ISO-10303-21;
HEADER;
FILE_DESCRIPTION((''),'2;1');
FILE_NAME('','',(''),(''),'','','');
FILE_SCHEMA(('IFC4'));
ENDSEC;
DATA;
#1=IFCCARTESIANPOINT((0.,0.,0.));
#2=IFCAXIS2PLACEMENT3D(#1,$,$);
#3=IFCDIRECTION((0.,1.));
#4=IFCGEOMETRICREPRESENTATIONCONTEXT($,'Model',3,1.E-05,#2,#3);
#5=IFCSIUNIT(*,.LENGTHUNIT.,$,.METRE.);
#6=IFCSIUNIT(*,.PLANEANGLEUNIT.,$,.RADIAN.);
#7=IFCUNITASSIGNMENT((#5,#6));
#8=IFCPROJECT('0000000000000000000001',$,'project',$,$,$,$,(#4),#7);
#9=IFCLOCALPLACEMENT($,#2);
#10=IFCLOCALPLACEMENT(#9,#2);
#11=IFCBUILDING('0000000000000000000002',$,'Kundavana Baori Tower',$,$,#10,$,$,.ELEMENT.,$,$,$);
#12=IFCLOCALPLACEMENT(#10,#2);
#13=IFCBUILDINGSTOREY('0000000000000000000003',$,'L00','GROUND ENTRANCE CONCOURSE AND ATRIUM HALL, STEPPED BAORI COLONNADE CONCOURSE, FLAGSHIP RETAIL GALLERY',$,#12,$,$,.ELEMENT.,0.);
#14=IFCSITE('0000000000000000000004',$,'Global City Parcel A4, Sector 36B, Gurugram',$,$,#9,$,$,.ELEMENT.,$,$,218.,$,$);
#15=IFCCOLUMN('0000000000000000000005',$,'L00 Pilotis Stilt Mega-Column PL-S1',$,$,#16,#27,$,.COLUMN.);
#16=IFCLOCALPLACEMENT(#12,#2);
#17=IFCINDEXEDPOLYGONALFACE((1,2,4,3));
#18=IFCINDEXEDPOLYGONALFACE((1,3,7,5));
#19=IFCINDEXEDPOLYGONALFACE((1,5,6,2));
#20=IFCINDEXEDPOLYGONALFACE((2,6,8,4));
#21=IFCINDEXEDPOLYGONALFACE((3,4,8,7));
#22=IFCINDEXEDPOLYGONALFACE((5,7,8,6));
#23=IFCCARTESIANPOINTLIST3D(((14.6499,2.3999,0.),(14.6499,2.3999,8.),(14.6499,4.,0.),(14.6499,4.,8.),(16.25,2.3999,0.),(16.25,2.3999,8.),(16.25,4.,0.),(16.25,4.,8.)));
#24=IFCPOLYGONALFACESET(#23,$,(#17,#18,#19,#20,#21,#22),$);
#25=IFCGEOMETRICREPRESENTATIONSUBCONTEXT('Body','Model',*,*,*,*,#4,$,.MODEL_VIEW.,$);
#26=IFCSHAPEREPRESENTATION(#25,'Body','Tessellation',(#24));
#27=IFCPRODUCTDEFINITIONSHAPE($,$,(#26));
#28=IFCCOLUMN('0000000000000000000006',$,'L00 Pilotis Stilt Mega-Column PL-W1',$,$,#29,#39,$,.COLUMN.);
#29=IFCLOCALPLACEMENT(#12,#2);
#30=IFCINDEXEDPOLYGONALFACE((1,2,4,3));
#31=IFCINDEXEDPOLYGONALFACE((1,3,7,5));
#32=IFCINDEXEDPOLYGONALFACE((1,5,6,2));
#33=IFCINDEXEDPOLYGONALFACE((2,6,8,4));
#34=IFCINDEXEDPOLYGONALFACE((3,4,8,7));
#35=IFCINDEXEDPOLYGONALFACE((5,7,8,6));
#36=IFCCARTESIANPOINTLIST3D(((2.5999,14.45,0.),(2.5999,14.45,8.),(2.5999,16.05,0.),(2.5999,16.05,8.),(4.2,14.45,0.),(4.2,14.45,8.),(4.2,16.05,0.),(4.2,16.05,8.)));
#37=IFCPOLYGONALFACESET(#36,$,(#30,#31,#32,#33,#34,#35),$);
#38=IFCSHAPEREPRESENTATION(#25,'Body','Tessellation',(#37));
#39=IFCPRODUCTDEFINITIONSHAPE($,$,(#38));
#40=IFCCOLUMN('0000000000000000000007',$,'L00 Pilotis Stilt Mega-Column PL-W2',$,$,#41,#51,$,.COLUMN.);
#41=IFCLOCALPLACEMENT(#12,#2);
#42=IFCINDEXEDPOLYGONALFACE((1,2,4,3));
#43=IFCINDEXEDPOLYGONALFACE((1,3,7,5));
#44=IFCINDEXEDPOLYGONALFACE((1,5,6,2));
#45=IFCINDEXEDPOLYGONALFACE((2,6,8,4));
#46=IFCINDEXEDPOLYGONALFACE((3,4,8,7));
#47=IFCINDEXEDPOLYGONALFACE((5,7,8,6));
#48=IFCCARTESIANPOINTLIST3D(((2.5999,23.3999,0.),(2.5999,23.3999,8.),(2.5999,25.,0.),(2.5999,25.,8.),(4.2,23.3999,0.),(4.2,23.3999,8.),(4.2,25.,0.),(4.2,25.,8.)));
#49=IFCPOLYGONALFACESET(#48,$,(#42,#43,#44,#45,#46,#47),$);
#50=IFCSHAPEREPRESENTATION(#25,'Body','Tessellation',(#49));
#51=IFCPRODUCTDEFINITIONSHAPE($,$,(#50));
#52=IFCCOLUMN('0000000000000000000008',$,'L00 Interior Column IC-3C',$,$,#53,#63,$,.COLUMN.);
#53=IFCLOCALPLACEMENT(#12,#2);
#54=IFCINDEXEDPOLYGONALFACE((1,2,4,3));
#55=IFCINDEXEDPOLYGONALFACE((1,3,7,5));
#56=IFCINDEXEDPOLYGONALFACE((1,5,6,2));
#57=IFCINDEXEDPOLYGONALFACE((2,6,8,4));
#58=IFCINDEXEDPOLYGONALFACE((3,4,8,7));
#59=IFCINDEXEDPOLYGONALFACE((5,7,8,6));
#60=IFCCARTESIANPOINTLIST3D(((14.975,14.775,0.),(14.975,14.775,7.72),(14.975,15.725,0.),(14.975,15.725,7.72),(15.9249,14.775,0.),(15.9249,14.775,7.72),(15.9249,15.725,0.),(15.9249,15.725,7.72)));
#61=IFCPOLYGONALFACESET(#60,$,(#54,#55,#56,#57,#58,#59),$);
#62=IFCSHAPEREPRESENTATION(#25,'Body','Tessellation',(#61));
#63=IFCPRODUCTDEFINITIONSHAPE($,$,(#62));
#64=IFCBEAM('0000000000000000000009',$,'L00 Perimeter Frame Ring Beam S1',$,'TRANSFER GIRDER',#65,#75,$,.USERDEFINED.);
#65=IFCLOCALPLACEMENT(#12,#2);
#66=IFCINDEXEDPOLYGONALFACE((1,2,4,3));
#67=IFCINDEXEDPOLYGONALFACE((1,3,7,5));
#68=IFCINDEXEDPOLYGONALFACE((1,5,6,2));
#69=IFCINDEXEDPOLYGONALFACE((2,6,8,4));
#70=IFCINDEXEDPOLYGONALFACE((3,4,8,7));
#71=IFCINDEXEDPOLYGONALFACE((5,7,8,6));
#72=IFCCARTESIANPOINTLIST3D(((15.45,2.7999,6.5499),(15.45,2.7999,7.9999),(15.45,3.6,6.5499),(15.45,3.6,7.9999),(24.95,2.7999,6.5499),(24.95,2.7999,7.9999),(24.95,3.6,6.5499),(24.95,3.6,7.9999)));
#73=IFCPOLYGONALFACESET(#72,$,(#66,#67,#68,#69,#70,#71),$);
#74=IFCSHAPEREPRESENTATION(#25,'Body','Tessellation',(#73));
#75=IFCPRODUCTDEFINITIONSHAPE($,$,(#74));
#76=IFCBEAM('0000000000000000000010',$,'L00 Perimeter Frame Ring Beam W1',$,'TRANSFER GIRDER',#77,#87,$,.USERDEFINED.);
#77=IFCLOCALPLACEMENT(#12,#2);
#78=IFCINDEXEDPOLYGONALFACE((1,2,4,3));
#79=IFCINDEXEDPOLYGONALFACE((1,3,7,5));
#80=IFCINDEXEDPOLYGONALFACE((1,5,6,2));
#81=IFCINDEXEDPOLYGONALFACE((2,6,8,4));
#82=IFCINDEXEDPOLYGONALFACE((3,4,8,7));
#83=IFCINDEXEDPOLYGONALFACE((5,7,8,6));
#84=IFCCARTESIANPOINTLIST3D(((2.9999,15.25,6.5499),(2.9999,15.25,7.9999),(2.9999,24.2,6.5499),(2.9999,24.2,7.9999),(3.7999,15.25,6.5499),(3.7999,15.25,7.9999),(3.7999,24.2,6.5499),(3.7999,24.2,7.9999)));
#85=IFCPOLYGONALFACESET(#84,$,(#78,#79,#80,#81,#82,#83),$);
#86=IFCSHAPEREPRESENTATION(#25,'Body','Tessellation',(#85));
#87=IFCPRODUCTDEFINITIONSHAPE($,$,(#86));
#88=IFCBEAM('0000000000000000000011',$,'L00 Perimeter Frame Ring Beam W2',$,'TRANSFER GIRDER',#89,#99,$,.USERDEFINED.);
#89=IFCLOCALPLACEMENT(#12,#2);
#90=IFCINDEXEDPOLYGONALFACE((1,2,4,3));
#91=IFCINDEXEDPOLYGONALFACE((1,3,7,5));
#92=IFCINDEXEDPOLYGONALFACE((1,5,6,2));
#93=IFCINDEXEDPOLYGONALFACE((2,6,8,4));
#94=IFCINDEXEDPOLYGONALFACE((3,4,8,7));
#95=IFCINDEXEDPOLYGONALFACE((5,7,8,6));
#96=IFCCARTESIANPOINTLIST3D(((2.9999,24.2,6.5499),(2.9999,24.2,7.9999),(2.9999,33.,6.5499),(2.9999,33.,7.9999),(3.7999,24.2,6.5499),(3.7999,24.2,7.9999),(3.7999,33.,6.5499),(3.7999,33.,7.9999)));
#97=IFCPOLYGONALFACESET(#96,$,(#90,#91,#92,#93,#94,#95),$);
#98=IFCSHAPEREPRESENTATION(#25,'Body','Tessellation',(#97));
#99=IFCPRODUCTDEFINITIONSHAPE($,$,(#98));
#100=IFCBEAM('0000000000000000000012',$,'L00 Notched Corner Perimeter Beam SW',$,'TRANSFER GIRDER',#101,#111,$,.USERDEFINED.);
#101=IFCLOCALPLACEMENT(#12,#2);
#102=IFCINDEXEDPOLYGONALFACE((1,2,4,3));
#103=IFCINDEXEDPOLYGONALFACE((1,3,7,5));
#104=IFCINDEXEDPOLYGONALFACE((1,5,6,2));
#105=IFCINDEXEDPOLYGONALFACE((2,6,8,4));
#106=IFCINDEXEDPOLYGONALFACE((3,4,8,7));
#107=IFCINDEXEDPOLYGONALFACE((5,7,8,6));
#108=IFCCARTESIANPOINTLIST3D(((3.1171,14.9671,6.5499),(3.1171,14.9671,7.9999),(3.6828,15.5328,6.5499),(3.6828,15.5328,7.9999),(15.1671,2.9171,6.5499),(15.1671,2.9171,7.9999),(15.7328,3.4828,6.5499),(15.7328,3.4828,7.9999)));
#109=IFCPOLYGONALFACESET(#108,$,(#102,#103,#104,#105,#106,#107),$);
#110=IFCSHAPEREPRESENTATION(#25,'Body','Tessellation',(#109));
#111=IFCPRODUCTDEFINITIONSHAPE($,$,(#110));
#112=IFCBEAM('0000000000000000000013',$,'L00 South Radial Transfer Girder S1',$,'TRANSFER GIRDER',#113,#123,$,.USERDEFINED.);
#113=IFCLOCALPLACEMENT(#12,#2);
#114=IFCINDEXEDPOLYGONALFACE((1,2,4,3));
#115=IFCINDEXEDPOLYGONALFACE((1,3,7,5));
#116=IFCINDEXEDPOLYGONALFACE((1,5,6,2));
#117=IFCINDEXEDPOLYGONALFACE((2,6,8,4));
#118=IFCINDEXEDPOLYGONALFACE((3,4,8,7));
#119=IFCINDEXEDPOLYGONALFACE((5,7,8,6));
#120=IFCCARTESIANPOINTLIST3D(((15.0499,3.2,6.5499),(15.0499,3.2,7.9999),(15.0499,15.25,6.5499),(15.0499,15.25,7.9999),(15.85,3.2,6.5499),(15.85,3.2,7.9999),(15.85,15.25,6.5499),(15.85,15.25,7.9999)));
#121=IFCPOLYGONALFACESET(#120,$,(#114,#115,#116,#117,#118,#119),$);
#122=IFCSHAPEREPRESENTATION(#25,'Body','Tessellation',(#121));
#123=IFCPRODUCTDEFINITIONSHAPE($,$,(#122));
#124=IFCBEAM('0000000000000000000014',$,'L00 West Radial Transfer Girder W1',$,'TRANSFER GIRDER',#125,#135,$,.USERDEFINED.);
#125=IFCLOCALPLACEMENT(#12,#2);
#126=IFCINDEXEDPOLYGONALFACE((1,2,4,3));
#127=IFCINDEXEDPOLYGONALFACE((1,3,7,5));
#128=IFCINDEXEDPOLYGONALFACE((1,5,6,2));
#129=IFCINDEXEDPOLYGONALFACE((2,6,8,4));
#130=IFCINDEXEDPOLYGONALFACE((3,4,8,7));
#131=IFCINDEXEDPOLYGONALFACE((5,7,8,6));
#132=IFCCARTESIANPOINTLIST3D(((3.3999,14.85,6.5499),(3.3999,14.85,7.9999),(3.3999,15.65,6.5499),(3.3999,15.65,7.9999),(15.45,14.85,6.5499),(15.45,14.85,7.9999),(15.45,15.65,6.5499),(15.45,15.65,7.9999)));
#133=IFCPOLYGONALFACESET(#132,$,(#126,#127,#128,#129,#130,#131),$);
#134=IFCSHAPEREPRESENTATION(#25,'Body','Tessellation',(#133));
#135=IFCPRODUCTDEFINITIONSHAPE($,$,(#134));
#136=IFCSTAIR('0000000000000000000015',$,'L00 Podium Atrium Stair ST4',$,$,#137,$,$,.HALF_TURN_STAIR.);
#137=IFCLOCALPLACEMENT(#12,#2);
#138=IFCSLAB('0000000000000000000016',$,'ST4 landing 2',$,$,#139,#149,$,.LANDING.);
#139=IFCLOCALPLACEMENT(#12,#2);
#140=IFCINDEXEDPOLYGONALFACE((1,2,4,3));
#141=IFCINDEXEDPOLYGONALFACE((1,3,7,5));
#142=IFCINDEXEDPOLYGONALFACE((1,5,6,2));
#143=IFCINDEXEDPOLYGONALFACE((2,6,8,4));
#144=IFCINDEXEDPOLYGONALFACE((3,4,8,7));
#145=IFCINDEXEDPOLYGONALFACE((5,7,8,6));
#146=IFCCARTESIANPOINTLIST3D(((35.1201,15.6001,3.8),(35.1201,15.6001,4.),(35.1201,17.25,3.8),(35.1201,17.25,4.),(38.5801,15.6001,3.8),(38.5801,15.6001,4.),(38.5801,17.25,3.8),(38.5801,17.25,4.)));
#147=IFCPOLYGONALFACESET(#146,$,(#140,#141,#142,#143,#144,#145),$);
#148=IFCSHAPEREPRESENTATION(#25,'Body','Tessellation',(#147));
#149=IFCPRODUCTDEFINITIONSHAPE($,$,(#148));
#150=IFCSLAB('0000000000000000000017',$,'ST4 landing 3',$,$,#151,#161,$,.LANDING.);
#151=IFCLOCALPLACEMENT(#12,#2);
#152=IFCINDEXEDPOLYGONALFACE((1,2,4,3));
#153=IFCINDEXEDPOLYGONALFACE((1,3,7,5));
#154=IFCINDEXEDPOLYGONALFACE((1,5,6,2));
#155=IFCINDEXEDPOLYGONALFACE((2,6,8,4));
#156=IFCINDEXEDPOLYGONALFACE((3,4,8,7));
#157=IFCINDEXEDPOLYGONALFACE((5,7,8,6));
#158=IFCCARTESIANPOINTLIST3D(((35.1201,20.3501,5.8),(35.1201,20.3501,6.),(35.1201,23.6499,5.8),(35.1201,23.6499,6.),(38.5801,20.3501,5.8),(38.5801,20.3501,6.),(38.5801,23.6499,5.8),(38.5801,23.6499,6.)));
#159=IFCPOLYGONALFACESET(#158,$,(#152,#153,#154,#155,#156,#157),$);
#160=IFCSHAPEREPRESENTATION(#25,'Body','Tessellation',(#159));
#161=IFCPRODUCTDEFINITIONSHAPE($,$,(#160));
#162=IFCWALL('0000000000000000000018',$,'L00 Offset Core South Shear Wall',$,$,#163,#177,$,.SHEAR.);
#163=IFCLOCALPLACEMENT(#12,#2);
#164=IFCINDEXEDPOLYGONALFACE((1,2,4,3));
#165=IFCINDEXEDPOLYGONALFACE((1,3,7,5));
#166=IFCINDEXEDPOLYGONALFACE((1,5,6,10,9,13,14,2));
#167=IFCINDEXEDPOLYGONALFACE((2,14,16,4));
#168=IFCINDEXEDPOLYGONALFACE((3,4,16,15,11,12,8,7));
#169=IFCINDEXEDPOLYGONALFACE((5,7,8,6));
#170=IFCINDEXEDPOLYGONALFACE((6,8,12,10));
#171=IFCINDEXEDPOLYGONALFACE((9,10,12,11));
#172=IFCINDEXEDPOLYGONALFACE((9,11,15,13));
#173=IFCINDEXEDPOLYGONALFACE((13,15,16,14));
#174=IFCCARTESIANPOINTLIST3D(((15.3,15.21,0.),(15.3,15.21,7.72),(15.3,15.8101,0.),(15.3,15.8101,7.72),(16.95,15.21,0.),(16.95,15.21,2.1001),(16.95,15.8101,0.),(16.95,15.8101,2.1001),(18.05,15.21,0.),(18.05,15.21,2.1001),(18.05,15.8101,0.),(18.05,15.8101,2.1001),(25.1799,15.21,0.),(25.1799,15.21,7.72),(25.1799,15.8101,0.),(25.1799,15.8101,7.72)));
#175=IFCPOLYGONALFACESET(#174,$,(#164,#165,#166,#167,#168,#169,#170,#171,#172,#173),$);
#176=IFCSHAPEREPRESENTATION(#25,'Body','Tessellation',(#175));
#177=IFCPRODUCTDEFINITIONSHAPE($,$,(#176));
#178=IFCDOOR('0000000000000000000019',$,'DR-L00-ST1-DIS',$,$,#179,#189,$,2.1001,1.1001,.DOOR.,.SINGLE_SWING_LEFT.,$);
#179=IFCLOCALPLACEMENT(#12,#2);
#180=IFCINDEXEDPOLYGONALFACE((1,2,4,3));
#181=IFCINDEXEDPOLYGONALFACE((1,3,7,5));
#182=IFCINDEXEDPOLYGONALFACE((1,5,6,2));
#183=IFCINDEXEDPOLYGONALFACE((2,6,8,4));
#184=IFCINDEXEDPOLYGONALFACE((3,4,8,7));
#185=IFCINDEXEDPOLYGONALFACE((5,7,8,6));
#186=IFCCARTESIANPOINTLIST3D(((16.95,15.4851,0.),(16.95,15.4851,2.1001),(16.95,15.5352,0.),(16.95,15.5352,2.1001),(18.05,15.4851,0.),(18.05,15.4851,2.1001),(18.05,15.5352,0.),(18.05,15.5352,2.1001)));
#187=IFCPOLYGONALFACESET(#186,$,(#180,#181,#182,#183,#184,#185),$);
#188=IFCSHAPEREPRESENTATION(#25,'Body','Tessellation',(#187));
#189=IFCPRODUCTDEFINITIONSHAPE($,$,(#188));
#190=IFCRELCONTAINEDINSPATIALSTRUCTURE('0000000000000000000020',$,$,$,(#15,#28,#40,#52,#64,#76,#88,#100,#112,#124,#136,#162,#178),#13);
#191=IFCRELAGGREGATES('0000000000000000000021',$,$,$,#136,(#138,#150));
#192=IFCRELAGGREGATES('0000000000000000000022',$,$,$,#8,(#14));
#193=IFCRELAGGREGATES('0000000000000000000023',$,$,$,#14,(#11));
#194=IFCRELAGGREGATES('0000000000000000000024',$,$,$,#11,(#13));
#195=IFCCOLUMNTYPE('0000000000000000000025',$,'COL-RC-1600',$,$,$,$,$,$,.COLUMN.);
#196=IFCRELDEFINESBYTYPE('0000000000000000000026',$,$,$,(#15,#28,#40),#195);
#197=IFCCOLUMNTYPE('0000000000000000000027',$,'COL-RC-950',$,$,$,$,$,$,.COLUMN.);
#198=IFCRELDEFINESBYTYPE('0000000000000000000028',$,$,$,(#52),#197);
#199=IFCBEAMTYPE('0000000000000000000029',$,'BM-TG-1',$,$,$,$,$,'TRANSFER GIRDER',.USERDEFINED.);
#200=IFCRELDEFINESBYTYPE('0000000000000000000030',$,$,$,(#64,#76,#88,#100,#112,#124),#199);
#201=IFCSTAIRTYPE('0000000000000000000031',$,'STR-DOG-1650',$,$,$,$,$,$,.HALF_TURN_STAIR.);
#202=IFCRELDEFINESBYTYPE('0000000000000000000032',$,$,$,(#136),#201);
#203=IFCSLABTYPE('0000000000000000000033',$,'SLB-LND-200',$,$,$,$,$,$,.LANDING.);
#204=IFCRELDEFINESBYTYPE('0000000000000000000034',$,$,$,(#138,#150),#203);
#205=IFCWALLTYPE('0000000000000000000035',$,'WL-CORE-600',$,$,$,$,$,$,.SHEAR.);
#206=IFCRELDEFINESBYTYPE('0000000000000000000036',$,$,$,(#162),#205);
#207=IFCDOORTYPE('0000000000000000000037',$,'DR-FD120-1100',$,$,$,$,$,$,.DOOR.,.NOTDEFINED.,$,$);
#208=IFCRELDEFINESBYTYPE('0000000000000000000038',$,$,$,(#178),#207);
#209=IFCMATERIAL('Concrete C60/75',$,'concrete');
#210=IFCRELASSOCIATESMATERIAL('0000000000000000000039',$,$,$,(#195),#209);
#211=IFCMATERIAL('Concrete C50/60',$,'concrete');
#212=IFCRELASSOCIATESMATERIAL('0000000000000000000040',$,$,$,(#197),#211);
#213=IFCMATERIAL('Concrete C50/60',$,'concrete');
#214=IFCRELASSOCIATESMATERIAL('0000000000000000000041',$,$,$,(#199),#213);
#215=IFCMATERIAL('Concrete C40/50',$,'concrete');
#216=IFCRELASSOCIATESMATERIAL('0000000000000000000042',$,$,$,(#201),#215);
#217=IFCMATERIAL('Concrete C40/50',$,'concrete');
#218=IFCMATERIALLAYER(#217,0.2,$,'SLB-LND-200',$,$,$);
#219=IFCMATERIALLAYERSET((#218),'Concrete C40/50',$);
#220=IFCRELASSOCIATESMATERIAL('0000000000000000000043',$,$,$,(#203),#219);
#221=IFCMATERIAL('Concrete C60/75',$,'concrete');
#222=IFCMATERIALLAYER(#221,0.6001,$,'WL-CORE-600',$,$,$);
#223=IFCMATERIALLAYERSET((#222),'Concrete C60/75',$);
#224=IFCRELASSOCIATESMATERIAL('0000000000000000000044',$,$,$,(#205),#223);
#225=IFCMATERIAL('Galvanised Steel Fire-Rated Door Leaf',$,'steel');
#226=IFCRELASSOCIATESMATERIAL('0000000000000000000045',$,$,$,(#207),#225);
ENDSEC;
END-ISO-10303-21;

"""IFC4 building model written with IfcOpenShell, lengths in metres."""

from ifc_helpers import new_model, si_unit, direction, frame, frame_2d, origin, origin_2d, place, context, subcontext, project, spatial, polyline, rectangle, outline, extrude, material, layer, layer_set, material_profile, profile_set, type_object, element, fill, aggregate, save


model = new_model("IFC4")

# Units and contexts
model_context = context("Model", 3, precision=1e-05, world=origin(), true_north=direction((0.0, 1.0)))
body_context = subcontext(model_context, "Body", "Model", "MODEL_VIEW")
ifc_project = project(units=[si_unit("LENGTHUNIT", "METRE"), si_unit("PLANEANGLEUNIT", "RADIAN")], contexts=[model_context])

# Site, building, storey
site_placement = place(None, origin())
site = spatial("IfcSite", under=ifc_project, at=site_placement, Name="Global City Parcel A4, Sector 36B, Gurugram", CompositionType="ELEMENT", RefElevation=218.0)
building_placement = place(site_placement, origin())
building = spatial("IfcBuilding", under=site, at=building_placement, Name="Kundavana Baori Tower", CompositionType="ELEMENT")
storey_placement = place(building_placement, origin())
storey = spatial("IfcBuildingStorey", under=building, at=storey_placement, Name="L00", Description="GROUND ENTRANCE CONCOURSE AND ATRIUM HALL, STEPPED BAORI COLONNADE CONCOURSE, FLAGSHIP RETAIL GALLERY", CompositionType="ELEMENT", Elevation=0.0)

# Columns
ifc_material_1 = material(Name="Concrete C60/75", Category="concrete")
ifc_material_profile_1 = material_profile(ifc_material_1, rectangle(XDim=1.6001, YDim=1.6001, at=origin_2d()), Name="RC 1600x1600")
ifc_profile_set_1 = profile_set([ifc_material_profile_1], Name="Concrete C60/75")
column_type_1 = type_object("IfcColumnType", Name="COL-RC-1600", PredefinedType="COLUMN", material=ifc_profile_set_1)
for number, where, z_axis, x_axis, name in (
    (1, (15.45, 3.2, 0.0), (0.0, 0.0, 1.0), (1.0, 0.0, 0.0), "L00 Pilotis Stilt Mega-Column PL-S1"),
    (2, (3.3999, 15.25, 0.0), (0.0, 0.0, 1.0), (1.0, 0.0, 0.0), "L00 Pilotis Stilt Mega-Column PL-W1"),
    (3, (3.3999, 24.2, 0.0), (0.0, 0.0, 1.0), (1.0, 0.0, 0.0), "L00 Pilotis Stilt Mega-Column PL-W2"),
):
    element("IfcColumn", number, at=place(storey_placement, frame(where, z_axis=z_axis, x_axis=x_axis)), inside=storey, type_object=column_type_1, Name=name, PredefinedType="COLUMN", context=body_context, shape_type="SweptSolid", body=[
        extrude(rectangle(XDim=1.6001, YDim=1.6001, at=origin_2d()), origin(), (0.0, 0.0, 1.0), 8.0),
    ])
ifc_material_2 = material(Name="Concrete C50/60", Category="concrete")
ifc_material_profile_2 = material_profile(ifc_material_2, rectangle(XDim=0.95, YDim=0.95, at=origin_2d()), Name="RC 950x950")
ifc_profile_set_2 = profile_set([ifc_material_profile_2], Name="Concrete C50/60")
column_type_2 = type_object("IfcColumnType", Name="COL-RC-950", PredefinedType="COLUMN", material=ifc_profile_set_2)
column_placement = place(storey_placement, frame((15.45, 15.25, 0.0), z_axis=(0.0, 0.0, 1.0), x_axis=(1.0, 0.0, 0.0)))
element("IfcColumn", 4, at=column_placement, inside=storey, type_object=column_type_2, Name="L00 Interior Column IC-3C", PredefinedType="COLUMN", context=body_context, shape_type="SweptSolid", body=[
    extrude(rectangle(XDim=0.95, YDim=0.95, at=origin_2d()), origin(), (0.0, 0.0, 1.0), 7.72),
])

# Beams
ifc_material_3 = material(Name="Concrete C50/60", Category="concrete")
ifc_material_profile_3 = material_profile(ifc_material_3, rectangle(XDim=0.8, YDim=1.45, at=origin_2d()), Name="BM-TG-1")
ifc_profile_set_3 = profile_set([ifc_material_profile_3], Name="Concrete C50/60")
beam_type = type_object("IfcBeamType", Name="BM-TG-1", ElementType="TRANSFER GIRDER", PredefinedType="USERDEFINED", material=ifc_profile_set_3)
beam_1_placement = place(storey_placement, frame((15.45, 3.2, 7.2749), z_axis=(1.0, 0.0, 0.0), x_axis=(0.0, 1.0, 0.0)))
element("IfcBeam", 5, at=beam_1_placement, inside=storey, type_object=beam_type, Name="L00 Perimeter Frame Ring Beam S1", ObjectType="TRANSFER GIRDER", PredefinedType="USERDEFINED", context=body_context, shape_type="SweptSolid", body=[
    extrude(rectangle(XDim=0.8, YDim=1.45, at=origin_2d()), origin(), (0.0, 0.0, 1.0), 9.5),
])
beam_2_placement = place(storey_placement, frame((3.3999, 15.25, 7.2749), z_axis=(0.0, 1.0, 0.0), x_axis=(-1.0, 0.0, 0.0)))
element("IfcBeam", 6, at=beam_2_placement, inside=storey, type_object=beam_type, Name="L00 Perimeter Frame Ring Beam W1", ObjectType="TRANSFER GIRDER", PredefinedType="USERDEFINED", context=body_context, shape_type="SweptSolid", body=[
    extrude(rectangle(XDim=0.8, YDim=1.45, at=origin_2d()), origin(), (0.0, 0.0, 1.0), 8.95),
])
beam_3_placement = place(storey_placement, frame((3.3999, 24.2, 7.2749), z_axis=(0.0, 1.0, 0.0), x_axis=(-1.0, 0.0, 0.0)))
element("IfcBeam", 7, at=beam_3_placement, inside=storey, type_object=beam_type, Name="L00 Perimeter Frame Ring Beam W2", ObjectType="TRANSFER GIRDER", PredefinedType="USERDEFINED", context=body_context, shape_type="SweptSolid", body=[
    extrude(rectangle(XDim=0.8, YDim=1.45, at=origin_2d()), origin(), (0.0, 0.0, 1.0), 8.8),
])
beam_4_placement = place(storey_placement, frame((15.45, 3.2, 7.2749), z_axis=(-0.707107, 0.707107, 0.0), x_axis=(-0.707107, -0.707107, 0.0)))
element("IfcBeam", 8, at=beam_4_placement, inside=storey, type_object=beam_type, Name="L00 Notched Corner Perimeter Beam SW", ObjectType="TRANSFER GIRDER", PredefinedType="USERDEFINED", context=body_context, shape_type="SweptSolid", body=[
    extrude(rectangle(XDim=0.8, YDim=1.45, at=origin_2d()), origin(), (0.0, 0.0, 1.0), 17.0413),
])
for number, where, z_axis, x_axis, name in (
    (9, (15.45, 15.25, 7.2749), (0.0, -1.0, 0.0), (1.0, 0.0, 0.0), "L00 South Radial Transfer Girder S1"),
    (10, (15.45, 15.25, 7.2749), (-1.0, 0.0, 0.0), (0.0, -1.0, 0.0), "L00 West Radial Transfer Girder W1"),
):
    element("IfcBeam", number, at=place(storey_placement, frame(where, z_axis=z_axis, x_axis=x_axis)), inside=storey, type_object=beam_type, Name=name, ObjectType="TRANSFER GIRDER", PredefinedType="USERDEFINED", context=body_context, shape_type="SweptSolid", body=[
        extrude(rectangle(XDim=0.8, YDim=1.45, at=origin_2d()), origin(), (0.0, 0.0, 1.0), 12.05),
    ])

# Stair, slabs
ifc_material_4 = material(Name="Concrete C40/50", Category="concrete")
stair_type = type_object("IfcStairType", Name="STR-DOG-1650", PredefinedType="HALF_TURN_STAIR", material=ifc_material_4)
stair_placement = place(storey_placement, origin())
stair = element("IfcStair", 11, at=stair_placement, inside=storey, type_object=stair_type, Name="L00 Podium Atrium Stair ST4", PredefinedType="HALF_TURN_STAIR")
ifc_material_5 = material(Name="Concrete C40/50", Category="concrete")
ifc_layer_1 = layer(ifc_material_5, 0.2, Name="SLB-LND-200")
ifc_layer_set_1 = layer_set([ifc_layer_1], Name="Concrete C40/50")
slab_type = type_object("IfcSlabType", Name="SLB-LND-200", PredefinedType="LANDING", material=ifc_layer_set_1)
slab_1_placement = place(storey_placement, frame((0.0, 0.0, 3.8)))
slab_1 = element("IfcSlab", 12, at=slab_1_placement, type_object=slab_type, Name="ST4 landing 2", PredefinedType="LANDING", context=body_context, shape_type="SweptSolid", body=[
    extrude(outline(polyline([(38.5801, 15.6001), (38.5801, 17.25), (35.1201, 17.25), (35.1201, 15.6001), (38.5801, 15.6001)])), origin(), (0.0, 0.0, 1.0), 0.2),
])
slab_2_placement = place(storey_placement, frame((0.0, 0.0, 5.8)))
slab_2 = element("IfcSlab", 13, at=slab_2_placement, type_object=slab_type, Name="ST4 landing 3", PredefinedType="LANDING", context=body_context, shape_type="SweptSolid", body=[
    extrude(outline(polyline([(38.5801, 20.3501), (38.5801, 23.6499), (35.1201, 23.6499), (35.1201, 20.3501), (38.5801, 20.3501)])), origin(), (0.0, 0.0, 1.0), 0.2),
])
aggregate(stair, [slab_1, slab_2])

# Wall, opening, door
ifc_material_6 = material(Name="Concrete C60/75", Category="concrete")
ifc_layer_2 = layer(ifc_material_6, 0.6001, Name="WL-CORE-600")
ifc_layer_set_2 = layer_set([ifc_layer_2], Name="Concrete C60/75")
wall_type_1 = type_object("IfcWallType", Name="WL-CORE-600", PredefinedType="SHEAR", material=ifc_layer_set_2)
wall_1_placement = place(storey_placement, frame((15.3, 15.51, 0.0), z_axis=(0.0, 0.0, 1.0), x_axis=(1.0, 0.0, 0.0)))
wall_1 = element("IfcWall", 14, at=wall_1_placement, inside=storey, type_object=wall_type_1, Name="L00 Offset Core South Shear Wall", PredefinedType="SHEAR", context=body_context, shape_type="SweptSolid", body=[
    extrude(rectangle(XDim=9.8799, YDim=0.6001, at=frame_2d((4.9399, 0.0))), origin(), (0.0, 0.0, 1.0), 7.72),
])
opening_1_placement = place(wall_1_placement, frame((1.6499, 0.0, 0.0)))
opening_1 = element("IfcOpeningElement", 15, at=opening_1_placement, cuts=wall_1, PredefinedType="OPENING", context=body_context, shape_type="SweptSolid", body=[
    extrude(rectangle(XDim=1.1001, YDim=2.1001, at=frame_2d((0.55, 1.05))), frame((0.0, 0.3101, 0.0), z_axis=(0.0, -1.0, 0.0), x_axis=(1.0, 0.0, 0.0)), (0.0, 0.0, 1.0), 0.6201),
])
ifc_material_7 = material(Name="Galvanised Steel Fire-Rated Door Leaf", Category="steel")
door_type_1 = type_object("IfcDoorType", Name="DR-FD120-1100", OperationType="NOTDEFINED", PredefinedType="DOOR", material=ifc_material_7)
door_1_placement = place(opening_1_placement, frame((1.1001, 0.0, 0.0), z_axis=(0.0, 0.0, 1.0), x_axis=(-1.0, 0.0, 0.0)))
door_1 = element("IfcDoor", 16, at=door_1_placement, inside=storey, type_object=door_type_1, Name="DR-L00-ST1-DIS", OperationType="SINGLE_SWING_LEFT", OverallHeight=2.1001, OverallWidth=1.1001, PredefinedType="DOOR", context=body_context, shape_type="SweptSolid", body=[
    extrude(rectangle(XDim=1.1001, YDim=2.1001, at=frame_2d((0.55, 1.05))), frame((0.0, 0.0249, 0.0), z_axis=(0.0, -1.0, 0.0), x_axis=(1.0, 0.0, 0.0)), (0.0, 0.0, 1.0), 0.05),
])
fill(opening_1, door_1)

save(model, "model.ifc")
